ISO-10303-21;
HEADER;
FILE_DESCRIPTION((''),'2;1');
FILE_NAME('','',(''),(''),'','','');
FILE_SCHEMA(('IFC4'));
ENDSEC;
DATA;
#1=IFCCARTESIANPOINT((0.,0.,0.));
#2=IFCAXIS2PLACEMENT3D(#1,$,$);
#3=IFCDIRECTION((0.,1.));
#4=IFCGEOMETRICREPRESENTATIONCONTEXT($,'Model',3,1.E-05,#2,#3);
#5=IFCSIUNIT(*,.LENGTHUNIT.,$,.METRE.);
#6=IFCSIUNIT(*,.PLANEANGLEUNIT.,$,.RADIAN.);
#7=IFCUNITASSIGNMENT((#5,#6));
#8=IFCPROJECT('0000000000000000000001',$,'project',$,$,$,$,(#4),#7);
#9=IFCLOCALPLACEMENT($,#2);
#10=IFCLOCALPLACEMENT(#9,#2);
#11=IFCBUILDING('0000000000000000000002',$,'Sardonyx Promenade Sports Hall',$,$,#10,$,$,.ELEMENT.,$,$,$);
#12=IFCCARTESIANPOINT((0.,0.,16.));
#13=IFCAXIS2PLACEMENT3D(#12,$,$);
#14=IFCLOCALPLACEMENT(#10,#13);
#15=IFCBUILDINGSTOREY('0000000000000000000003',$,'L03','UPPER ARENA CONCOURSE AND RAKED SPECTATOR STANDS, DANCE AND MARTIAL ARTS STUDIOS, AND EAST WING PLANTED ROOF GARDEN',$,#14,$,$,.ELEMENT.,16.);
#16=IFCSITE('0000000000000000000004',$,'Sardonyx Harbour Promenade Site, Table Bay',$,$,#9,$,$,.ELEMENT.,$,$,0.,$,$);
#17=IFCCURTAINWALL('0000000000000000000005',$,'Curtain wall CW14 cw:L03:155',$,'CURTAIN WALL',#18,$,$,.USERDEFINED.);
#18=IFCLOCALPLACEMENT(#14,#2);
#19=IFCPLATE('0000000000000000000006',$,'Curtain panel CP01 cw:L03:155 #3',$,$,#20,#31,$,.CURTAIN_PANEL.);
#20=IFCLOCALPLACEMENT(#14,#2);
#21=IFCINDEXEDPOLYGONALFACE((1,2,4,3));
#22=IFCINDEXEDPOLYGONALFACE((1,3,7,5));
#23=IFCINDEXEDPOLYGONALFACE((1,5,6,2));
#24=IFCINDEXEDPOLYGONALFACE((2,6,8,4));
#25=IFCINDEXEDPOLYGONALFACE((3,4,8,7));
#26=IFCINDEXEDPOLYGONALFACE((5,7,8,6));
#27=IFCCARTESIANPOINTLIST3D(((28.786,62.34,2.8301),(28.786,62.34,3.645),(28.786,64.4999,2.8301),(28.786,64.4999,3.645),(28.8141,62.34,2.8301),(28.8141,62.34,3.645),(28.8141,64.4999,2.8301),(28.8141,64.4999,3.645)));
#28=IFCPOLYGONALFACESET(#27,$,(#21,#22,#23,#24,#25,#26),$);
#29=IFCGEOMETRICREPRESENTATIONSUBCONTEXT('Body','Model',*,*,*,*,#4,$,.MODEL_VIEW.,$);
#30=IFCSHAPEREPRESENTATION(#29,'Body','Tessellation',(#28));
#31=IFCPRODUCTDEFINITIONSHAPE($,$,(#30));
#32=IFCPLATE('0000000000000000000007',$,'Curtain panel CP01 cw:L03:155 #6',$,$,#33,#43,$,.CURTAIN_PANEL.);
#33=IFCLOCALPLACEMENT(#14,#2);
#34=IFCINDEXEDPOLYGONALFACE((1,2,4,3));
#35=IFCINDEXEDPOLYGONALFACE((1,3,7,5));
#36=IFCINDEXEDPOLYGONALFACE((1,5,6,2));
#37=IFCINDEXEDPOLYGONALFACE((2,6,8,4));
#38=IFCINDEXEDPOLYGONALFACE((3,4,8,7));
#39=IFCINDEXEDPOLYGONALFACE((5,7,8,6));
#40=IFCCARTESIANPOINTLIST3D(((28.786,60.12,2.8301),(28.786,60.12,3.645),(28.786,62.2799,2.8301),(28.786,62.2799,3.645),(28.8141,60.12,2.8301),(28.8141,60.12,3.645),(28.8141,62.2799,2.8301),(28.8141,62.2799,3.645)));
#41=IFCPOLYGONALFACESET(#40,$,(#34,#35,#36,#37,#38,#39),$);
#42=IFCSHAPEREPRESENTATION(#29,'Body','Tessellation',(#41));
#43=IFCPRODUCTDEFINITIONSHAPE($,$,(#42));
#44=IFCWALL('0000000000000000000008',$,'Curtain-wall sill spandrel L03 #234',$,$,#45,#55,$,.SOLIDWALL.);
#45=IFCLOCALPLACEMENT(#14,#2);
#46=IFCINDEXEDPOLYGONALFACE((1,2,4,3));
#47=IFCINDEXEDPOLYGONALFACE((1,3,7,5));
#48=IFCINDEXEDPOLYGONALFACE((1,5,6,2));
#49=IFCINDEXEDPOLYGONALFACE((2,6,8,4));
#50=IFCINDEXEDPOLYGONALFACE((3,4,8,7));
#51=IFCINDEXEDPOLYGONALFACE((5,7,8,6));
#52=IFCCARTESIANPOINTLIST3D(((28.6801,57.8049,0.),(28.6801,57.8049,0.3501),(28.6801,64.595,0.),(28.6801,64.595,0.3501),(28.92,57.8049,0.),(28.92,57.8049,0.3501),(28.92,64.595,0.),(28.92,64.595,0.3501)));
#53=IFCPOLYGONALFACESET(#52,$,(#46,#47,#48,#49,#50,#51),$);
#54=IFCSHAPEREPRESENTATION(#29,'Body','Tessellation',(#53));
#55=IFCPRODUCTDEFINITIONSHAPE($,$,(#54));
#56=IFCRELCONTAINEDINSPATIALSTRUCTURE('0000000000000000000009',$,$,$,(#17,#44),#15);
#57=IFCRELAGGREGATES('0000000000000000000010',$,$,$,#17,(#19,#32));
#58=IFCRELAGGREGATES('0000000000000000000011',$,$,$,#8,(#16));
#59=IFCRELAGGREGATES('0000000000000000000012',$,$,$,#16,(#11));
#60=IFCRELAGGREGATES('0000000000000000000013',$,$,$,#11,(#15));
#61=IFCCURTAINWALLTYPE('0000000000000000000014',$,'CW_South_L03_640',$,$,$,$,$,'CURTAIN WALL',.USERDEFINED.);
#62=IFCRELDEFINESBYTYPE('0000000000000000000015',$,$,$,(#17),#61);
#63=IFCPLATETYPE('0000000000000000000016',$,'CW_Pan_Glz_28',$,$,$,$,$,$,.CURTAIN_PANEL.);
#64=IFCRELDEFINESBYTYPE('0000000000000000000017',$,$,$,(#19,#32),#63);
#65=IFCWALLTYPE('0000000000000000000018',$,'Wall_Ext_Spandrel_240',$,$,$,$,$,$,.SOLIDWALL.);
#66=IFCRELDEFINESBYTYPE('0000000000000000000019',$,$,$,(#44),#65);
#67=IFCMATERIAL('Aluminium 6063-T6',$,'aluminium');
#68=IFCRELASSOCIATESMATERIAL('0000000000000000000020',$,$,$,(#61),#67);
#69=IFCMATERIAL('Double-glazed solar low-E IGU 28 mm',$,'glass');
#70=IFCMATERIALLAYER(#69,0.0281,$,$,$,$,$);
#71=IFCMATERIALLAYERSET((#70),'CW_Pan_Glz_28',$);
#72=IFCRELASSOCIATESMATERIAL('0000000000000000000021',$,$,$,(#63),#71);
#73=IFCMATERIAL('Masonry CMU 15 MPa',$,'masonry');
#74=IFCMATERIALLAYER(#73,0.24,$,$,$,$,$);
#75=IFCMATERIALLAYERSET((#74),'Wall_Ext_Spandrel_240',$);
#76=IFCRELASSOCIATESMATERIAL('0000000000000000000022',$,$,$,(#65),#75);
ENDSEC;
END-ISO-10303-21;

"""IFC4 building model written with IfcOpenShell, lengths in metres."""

from ifc_helpers import new_model, si_unit, direction, frame, frame_2d, origin, origin_2d, place, context, subcontext, project, spatial, rectangle, extrude, material, layer, layer_set, type_object, element, aggregate, save


model = new_model("IFC4")

# Units and contexts
model_context = context("Model", 3, precision=1e-05, world=origin(), true_north=direction((0.0, 1.0)))
body_context = subcontext(model_context, "Body", "Model", "MODEL_VIEW")
ifc_project = project(units=[si_unit("LENGTHUNIT", "METRE"), si_unit("PLANEANGLEUNIT", "RADIAN")], contexts=[model_context])

# Site, building, storey
site_placement = place(None, origin())
site = spatial("IfcSite", under=ifc_project, at=site_placement, Name="Sardonyx Harbour Promenade Site, Table Bay", CompositionType="ELEMENT", RefElevation=0.0)
building_placement = place(site_placement, origin())
building = spatial("IfcBuilding", under=site, at=building_placement, Name="Sardonyx Promenade Sports Hall", CompositionType="ELEMENT")
storey_placement = place(building_placement, frame((0.0, 0.0, 16.0)))
storey = spatial("IfcBuildingStorey", under=building, at=storey_placement, Name="L03", Description="UPPER ARENA CONCOURSE AND RAKED SPECTATOR STANDS, DANCE AND MARTIAL ARTS STUDIOS, AND EAST WING PLANTED ROOF GARDEN", CompositionType="ELEMENT", Elevation=16.0)

# Curtain wall, plates
ifc_material_1 = material(Name="Aluminium 6063-T6", Category="aluminium")
curtain_wall_type = type_object("IfcCurtainWallType", Name="CW_South_L03_640", ElementType="CURTAIN WALL", PredefinedType="USERDEFINED", material=ifc_material_1)
curtain_wall_placement = place(storey_placement, origin())
curtain_wall = element("IfcCurtainWall", 1, at=curtain_wall_placement, inside=storey, type_object=curtain_wall_type, Name="Curtain wall CW14 cw:L03:155", ObjectType="CURTAIN WALL", PredefinedType="USERDEFINED")
ifc_material_2 = material(Name="Double-glazed solar low-E IGU 28 mm", Category="glass")
ifc_layer_1 = layer(ifc_material_2, 0.0281)
ifc_layer_set_1 = layer_set([ifc_layer_1], Name="CW_Pan_Glz_28")
plate_type = type_object("IfcPlateType", Name="CW_Pan_Glz_28", PredefinedType="CURTAIN_PANEL", material=ifc_layer_set_1)
plate_1_placement = place(storey_placement, frame((28.8, 63.4199, 2.8301), z_axis=(0.0, 0.0, 1.0), x_axis=(0.0, -1.0, 0.0)))
plate_1 = element("IfcPlate", 2, at=plate_1_placement, type_object=plate_type, Name="Curtain panel CP01 cw:L03:155 #3", PredefinedType="CURTAIN_PANEL", context=body_context, shape_type="SweptSolid", body=[
    extrude(rectangle(XDim=2.1599, YDim=0.0281, at=origin_2d()), origin(), (0.0, 0.0, 1.0), 0.8149),
])
plate_2_placement = place(storey_placement, frame((28.8, 61.2, 2.8301), z_axis=(0.0, 0.0, 1.0), x_axis=(0.0, -1.0, 0.0)))
plate_2 = element("IfcPlate", 3, at=plate_2_placement, type_object=plate_type, Name="Curtain panel CP01 cw:L03:155 #6", PredefinedType="CURTAIN_PANEL", context=body_context, shape_type="SweptSolid", body=[
    extrude(rectangle(XDim=2.1599, YDim=0.0281, at=origin_2d()), origin(), (0.0, 0.0, 1.0), 0.8149),
])
aggregate(curtain_wall, [plate_1, plate_2])

# Wall
ifc_material_3 = material(Name="Masonry CMU 15 MPa", Category="masonry")
ifc_layer_2 = layer(ifc_material_3, 0.24)
ifc_layer_set_2 = layer_set([ifc_layer_2], Name="Wall_Ext_Spandrel_240")
wall_type = type_object("IfcWallType", Name="Wall_Ext_Spandrel_240", PredefinedType="SOLIDWALL", material=ifc_layer_set_2)
wall_placement = place(storey_placement, frame((28.8, 64.595, 0.0), z_axis=(0.0, 0.0, 1.0), x_axis=(0.0, -1.0, 0.0)))
element("IfcWall", 4, at=wall_placement, inside=storey, type_object=wall_type, Name="Curtain-wall sill spandrel L03 #234", PredefinedType="SOLIDWALL", context=body_context, shape_type="SweptSolid", body=[
    extrude(rectangle(XDim=6.79, YDim=0.24, at=frame_2d((3.395, 0.0))), origin(), (0.0, 0.0, 1.0), 0.3501),
])

save(model, "model.ifc")
